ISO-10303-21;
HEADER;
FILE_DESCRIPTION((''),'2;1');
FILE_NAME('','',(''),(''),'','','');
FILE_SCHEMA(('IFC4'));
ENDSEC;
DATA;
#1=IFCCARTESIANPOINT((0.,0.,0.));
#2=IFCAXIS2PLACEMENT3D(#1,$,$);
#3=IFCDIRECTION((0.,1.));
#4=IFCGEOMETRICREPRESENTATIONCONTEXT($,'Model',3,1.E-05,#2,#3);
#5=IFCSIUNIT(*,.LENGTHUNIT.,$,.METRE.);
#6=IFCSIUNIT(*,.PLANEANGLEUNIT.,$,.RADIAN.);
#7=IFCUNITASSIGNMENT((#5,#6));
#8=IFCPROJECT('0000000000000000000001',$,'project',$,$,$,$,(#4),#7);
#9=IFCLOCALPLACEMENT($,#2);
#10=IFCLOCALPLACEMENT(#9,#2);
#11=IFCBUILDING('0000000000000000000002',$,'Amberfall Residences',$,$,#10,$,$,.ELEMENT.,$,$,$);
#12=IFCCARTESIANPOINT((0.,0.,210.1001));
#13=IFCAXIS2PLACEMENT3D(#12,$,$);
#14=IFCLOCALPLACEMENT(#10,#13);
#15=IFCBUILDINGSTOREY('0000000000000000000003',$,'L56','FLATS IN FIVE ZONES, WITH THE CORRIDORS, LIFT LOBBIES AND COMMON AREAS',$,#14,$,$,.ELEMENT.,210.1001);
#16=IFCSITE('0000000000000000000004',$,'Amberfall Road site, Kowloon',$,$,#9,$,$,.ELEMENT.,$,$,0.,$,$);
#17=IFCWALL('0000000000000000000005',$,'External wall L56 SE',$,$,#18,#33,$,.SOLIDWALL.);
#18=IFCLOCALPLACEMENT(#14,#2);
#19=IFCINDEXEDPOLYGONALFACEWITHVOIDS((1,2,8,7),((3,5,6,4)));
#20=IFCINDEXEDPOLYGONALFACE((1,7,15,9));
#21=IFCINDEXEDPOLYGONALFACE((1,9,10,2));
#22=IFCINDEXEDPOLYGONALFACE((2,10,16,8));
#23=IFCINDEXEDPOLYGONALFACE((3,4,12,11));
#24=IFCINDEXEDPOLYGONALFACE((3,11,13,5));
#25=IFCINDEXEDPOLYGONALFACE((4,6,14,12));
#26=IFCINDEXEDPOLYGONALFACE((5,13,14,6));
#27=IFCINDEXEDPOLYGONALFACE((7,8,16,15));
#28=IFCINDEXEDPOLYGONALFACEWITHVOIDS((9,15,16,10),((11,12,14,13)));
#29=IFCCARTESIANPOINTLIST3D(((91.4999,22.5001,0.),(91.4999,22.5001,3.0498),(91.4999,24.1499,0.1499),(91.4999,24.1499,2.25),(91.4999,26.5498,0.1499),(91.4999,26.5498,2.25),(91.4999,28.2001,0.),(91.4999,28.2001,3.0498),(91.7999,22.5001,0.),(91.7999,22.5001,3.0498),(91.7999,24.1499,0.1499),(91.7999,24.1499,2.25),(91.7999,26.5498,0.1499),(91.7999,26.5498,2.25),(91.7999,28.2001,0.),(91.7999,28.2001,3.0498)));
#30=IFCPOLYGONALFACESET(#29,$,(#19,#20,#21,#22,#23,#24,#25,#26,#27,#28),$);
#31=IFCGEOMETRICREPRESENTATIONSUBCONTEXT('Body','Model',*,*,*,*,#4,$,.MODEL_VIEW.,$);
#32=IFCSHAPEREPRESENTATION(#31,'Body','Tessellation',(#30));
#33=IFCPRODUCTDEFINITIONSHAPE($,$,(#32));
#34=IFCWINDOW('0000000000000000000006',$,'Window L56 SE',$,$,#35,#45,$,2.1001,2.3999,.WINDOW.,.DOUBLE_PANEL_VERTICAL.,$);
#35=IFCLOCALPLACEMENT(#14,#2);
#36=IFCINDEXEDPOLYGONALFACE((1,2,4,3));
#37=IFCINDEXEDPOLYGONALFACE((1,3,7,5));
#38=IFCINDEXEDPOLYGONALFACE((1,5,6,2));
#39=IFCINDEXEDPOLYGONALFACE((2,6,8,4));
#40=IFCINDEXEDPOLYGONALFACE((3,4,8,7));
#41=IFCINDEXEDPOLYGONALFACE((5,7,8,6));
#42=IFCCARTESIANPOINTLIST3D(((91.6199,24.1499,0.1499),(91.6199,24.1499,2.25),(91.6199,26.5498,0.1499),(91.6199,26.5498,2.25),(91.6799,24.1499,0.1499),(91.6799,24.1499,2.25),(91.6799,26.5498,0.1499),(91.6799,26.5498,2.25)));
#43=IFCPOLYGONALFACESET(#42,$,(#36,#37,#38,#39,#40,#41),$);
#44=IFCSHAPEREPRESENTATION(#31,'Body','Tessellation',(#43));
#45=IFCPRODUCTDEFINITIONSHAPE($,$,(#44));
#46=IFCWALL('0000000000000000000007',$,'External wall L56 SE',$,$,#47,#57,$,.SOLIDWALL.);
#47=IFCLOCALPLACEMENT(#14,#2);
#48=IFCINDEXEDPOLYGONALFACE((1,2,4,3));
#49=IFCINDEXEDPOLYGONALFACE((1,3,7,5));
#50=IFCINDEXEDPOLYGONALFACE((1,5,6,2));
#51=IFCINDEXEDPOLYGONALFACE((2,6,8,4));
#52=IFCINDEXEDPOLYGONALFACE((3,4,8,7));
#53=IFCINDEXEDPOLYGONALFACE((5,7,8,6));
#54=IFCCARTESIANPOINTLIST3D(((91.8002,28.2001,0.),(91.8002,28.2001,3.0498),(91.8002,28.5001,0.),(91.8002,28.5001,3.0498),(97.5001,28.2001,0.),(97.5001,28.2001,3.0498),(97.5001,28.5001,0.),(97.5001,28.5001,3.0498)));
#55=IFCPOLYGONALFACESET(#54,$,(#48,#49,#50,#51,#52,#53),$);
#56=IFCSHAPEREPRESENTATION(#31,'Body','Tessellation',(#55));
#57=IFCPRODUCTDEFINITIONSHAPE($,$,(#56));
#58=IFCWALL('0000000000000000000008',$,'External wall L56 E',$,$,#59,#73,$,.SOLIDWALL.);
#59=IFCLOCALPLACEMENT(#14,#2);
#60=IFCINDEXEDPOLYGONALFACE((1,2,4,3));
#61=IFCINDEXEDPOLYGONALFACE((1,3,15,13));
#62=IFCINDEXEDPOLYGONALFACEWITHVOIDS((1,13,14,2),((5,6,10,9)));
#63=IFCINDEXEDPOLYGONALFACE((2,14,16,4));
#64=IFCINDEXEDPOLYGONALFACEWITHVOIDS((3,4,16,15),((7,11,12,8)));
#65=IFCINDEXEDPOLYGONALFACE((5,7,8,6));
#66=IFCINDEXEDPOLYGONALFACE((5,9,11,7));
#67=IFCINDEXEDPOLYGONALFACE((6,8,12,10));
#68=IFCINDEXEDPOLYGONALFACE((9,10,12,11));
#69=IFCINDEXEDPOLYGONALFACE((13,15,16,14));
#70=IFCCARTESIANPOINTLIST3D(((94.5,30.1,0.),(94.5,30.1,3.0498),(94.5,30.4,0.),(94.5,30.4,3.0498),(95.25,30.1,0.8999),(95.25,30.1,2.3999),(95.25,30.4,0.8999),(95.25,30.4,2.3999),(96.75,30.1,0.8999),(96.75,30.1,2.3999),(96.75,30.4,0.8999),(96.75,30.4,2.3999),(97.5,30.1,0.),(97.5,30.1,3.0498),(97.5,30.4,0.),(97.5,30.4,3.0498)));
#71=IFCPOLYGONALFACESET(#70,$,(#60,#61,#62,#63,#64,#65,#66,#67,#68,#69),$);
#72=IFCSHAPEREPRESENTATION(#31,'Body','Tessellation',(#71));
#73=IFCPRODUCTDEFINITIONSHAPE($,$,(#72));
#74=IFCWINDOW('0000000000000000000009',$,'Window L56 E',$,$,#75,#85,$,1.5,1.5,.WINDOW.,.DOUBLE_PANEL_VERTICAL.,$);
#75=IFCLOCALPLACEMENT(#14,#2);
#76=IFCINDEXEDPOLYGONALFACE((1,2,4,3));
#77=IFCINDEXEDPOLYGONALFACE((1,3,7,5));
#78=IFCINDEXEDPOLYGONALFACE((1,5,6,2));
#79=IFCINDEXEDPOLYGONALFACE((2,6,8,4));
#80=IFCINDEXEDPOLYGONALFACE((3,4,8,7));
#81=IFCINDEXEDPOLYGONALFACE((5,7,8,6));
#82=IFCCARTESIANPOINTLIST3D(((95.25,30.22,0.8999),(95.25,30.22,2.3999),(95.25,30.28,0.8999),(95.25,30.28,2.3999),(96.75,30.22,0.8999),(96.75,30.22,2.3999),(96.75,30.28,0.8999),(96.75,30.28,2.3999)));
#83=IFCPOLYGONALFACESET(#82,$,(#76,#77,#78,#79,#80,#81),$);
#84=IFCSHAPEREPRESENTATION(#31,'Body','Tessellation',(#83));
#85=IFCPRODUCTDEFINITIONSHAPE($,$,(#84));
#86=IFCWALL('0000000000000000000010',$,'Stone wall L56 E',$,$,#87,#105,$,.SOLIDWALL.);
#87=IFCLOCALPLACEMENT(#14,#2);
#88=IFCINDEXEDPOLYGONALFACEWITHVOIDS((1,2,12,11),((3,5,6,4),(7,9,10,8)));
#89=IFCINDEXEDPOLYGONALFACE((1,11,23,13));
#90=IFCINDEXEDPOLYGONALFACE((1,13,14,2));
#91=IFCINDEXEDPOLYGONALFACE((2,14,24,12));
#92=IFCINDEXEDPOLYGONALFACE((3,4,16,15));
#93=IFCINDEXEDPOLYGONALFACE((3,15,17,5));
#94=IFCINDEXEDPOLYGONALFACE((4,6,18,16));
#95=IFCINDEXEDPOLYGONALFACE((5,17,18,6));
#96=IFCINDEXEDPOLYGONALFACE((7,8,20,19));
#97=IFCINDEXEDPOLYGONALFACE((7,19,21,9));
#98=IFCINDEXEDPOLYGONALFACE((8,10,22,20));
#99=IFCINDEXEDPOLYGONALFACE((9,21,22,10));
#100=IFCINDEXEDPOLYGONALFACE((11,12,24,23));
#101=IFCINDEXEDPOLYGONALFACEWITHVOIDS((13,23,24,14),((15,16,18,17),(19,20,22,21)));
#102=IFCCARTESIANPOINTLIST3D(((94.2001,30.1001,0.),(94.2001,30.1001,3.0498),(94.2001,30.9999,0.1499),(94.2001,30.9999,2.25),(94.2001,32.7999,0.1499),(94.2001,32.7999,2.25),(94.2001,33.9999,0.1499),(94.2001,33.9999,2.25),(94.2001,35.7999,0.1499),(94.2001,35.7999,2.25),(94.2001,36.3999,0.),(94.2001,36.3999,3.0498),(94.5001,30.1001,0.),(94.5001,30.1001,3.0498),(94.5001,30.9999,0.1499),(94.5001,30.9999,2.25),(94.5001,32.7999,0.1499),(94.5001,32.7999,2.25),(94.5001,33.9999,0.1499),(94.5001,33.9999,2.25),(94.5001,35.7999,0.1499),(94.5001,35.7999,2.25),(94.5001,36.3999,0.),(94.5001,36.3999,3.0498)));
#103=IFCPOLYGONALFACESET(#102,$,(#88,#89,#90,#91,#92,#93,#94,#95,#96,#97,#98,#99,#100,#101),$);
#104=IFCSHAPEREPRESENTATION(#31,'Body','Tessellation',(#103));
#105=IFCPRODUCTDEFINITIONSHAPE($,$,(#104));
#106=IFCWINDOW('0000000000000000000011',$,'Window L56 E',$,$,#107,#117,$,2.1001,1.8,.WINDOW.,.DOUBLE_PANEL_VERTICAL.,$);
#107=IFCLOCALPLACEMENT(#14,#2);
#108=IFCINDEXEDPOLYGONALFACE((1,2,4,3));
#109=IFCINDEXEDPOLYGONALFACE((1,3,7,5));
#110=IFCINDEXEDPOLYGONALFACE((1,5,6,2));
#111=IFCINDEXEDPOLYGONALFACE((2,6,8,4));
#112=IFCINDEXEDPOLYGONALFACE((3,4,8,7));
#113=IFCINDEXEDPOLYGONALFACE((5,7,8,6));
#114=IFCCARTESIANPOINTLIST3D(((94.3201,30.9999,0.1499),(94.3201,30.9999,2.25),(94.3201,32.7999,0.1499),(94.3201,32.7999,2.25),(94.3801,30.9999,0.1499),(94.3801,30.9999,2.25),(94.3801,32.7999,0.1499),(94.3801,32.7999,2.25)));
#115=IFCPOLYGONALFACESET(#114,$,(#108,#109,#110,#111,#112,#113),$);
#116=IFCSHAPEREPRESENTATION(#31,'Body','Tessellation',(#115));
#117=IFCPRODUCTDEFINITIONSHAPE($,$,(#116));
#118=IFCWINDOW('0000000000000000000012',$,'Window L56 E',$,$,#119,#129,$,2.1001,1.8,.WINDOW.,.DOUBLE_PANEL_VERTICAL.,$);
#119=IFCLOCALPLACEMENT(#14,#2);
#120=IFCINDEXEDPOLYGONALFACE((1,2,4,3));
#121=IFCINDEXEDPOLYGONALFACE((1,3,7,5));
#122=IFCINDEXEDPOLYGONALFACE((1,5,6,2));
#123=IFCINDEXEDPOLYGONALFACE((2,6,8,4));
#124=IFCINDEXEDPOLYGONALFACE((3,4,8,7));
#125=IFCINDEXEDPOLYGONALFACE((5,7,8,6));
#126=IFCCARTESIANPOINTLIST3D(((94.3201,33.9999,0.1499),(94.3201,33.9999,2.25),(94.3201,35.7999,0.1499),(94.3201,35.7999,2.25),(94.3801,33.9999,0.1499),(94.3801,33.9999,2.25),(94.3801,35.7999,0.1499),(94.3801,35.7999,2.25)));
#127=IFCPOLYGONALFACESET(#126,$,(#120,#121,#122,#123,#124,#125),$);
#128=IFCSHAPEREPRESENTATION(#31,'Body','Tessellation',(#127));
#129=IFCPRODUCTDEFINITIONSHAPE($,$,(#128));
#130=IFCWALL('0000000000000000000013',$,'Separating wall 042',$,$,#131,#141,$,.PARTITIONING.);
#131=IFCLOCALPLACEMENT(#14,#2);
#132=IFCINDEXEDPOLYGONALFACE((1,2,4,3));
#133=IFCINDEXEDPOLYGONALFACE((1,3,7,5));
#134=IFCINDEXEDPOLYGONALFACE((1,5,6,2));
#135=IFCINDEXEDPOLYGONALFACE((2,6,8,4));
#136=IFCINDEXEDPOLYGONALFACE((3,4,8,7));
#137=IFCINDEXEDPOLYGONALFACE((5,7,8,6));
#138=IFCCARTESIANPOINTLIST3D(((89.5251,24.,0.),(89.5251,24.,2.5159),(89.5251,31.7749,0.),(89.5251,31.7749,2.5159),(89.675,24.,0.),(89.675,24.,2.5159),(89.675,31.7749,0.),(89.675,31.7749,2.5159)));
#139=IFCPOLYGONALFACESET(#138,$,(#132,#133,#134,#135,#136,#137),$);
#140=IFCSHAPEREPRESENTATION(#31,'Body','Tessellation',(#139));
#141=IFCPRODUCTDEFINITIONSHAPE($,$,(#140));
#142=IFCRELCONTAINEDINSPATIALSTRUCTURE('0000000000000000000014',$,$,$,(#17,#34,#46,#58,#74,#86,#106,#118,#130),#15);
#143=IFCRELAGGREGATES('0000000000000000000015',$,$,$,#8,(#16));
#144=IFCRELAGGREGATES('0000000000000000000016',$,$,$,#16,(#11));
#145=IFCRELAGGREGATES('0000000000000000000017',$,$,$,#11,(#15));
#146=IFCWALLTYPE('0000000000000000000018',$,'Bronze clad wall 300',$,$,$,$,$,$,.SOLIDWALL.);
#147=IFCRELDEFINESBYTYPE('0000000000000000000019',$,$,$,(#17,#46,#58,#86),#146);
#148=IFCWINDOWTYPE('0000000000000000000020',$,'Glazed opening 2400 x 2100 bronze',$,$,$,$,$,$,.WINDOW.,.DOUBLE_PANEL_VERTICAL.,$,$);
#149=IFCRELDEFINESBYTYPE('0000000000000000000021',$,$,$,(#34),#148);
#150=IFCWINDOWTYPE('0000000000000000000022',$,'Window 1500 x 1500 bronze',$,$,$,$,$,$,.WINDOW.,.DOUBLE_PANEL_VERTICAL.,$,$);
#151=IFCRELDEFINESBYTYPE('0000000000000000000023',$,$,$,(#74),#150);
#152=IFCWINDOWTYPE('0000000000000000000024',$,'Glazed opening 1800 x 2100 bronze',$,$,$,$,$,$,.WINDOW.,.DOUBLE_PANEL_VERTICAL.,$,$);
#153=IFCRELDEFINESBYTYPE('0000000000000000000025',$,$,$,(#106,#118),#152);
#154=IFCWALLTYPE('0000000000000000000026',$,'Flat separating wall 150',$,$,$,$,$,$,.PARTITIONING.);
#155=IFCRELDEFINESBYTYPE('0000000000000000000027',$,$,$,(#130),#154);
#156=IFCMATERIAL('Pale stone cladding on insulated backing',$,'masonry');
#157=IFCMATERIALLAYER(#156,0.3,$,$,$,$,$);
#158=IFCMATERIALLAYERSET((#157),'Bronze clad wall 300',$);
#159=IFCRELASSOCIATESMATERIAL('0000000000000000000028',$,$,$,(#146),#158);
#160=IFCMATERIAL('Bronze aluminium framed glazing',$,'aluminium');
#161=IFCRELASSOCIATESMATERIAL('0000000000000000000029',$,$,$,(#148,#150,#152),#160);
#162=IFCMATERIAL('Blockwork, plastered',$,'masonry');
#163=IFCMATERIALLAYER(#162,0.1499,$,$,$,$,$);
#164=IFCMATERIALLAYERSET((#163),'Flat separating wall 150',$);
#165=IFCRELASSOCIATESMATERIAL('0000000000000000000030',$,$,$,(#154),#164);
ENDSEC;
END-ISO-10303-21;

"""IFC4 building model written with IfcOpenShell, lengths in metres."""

from ifc_helpers import new_model, si_unit, direction, frame, frame_2d, origin, place, context, subcontext, project, spatial, rectangle, extrude, material, layer, layer_set, type_object, element, fill, save


model = new_model("IFC4")

# Units and contexts
model_context = context("Model", 3, precision=1e-05, world=origin(), true_north=direction((0.0, 1.0)))
body_context = subcontext(model_context, "Body", "Model", "MODEL_VIEW")
ifc_project = project(units=[si_unit("LENGTHUNIT", "METRE"), si_unit("PLANEANGLEUNIT", "RADIAN")], contexts=[model_context])

# Site, building, storey
site_placement = place(None, origin())
site = spatial("IfcSite", under=ifc_project, at=site_placement, Name="Amberfall Road site, Kowloon", CompositionType="ELEMENT", RefElevation=0.0)
building_placement = place(site_placement, origin())
building = spatial("IfcBuilding", under=site, at=building_placement, Name="Amberfall Residences", CompositionType="ELEMENT")
storey_placement = place(building_placement, frame((0.0, 0.0, 210.1001)))
storey = spatial("IfcBuildingStorey", under=building, at=storey_placement, Name="L56", Description="FLATS IN FIVE ZONES, WITH THE CORRIDORS, LIFT LOBBIES AND COMMON AREAS", CompositionType="ELEMENT", Elevation=210.1001)

# Shared definitions
ifc_material_1 = material(Name="Pale stone cladding on insulated backing", Category="masonry")
ifc_layer_1 = layer(ifc_material_1, 0.3)
ifc_layer_set_1 = layer_set([ifc_layer_1], Name="Bronze clad wall 300")
wall_type_1 = type_object("IfcWallType", Name="Bronze clad wall 300", PredefinedType="SOLIDWALL", material=ifc_layer_set_1)

# Wall, opening, window
wall_1_placement = place(storey_placement, frame((91.6499, 22.5, 0.0), z_axis=(0.0, 0.0, 1.0), x_axis=(0.0, 1.0, 0.0)))
wall_1 = element("IfcWall", 1, at=wall_1_placement, inside=storey, type_object=wall_type_1, Name="External wall L56 SE", PredefinedType="SOLIDWALL", context=body_context, shape_type="SweptSolid", body=[
    extrude(rectangle(XDim=5.7, YDim=0.3, at=frame_2d((2.8501, 0.0))), origin(), (0.0, 0.0, 1.0), 3.0498),
])
opening_1_placement = place(wall_1_placement, frame((1.6499, 0.0, 0.1499)))
opening_1 = element("IfcOpeningElement", 2, at=opening_1_placement, cuts=wall_1, PredefinedType="OPENING", context=body_context, shape_type="SweptSolid", body=[
    extrude(rectangle(XDim=2.3999, YDim=2.1001, at=frame_2d((1.2, 1.05))), frame((0.0, 0.1599, 0.0), z_axis=(0.0, -1.0, 0.0), x_axis=(1.0, 0.0, 0.0)), (0.0, 0.0, 1.0), 0.3201),
])
ifc_material_2 = material(Name="Bronze aluminium framed glazing", Category="aluminium")
window_type_1 = type_object("IfcWindowType", Name="Glazed opening 2400 x 2100 bronze", PartitioningType="DOUBLE_PANEL_VERTICAL", PredefinedType="WINDOW", material=ifc_material_2)
window_1_placement = place(opening_1_placement, origin())
window_1 = element("IfcWindow", 3, at=window_1_placement, inside=storey, type_object=window_type_1, Name="Window L56 SE", OverallHeight=2.1001, OverallWidth=2.3999, PartitioningType="DOUBLE_PANEL_VERTICAL", PredefinedType="WINDOW", context=body_context, shape_type="SweptSolid", body=[
    extrude(rectangle(XDim=2.3999, YDim=2.1001, at=frame_2d((1.2, 1.05))), frame((0.0, 0.03, 0.0), z_axis=(0.0, -1.0, 0.0), x_axis=(1.0, 0.0, 0.0)), (0.0, 0.0, 1.0), 0.0601),
])
fill(opening_1, window_1)

# Wall
wall_2_placement = place(storey_placement, frame((91.8, 28.3501, 0.0), z_axis=(0.0, 0.0, 1.0), x_axis=(1.0, 0.0, 0.0)))
element("IfcWall", 4, at=wall_2_placement, inside=storey, type_object=wall_type_1, Name="External wall L56 SE", PredefinedType="SOLIDWALL", context=body_context, shape_type="SweptSolid", body=[
    extrude(rectangle(XDim=5.7, YDim=0.3, at=frame_2d((2.8501, 0.0))), origin(), (0.0, 0.0, 1.0), 3.0498),
])

# Wall, opening, window
wall_3_placement = place(storey_placement, frame((97.5, 30.25, 0.0), z_axis=(0.0, 0.0, 1.0), x_axis=(-1.0, 0.0, 0.0)))
wall_3 = element("IfcWall", 5, at=wall_3_placement, inside=storey, type_object=wall_type_1, Name="External wall L56 E", PredefinedType="SOLIDWALL", context=body_context, shape_type="SweptSolid", body=[
    extrude(rectangle(XDim=3.0, YDim=0.3, at=frame_2d((1.5, 0.0))), origin(), (0.0, 0.0, 1.0), 3.0498),
])
opening_2_placement = place(wall_3_placement, frame((0.75, 0.0, 0.8999)))
opening_2 = element("IfcOpeningElement", 6, at=opening_2_placement, cuts=wall_3, PredefinedType="OPENING", context=body_context, shape_type="SweptSolid", body=[
    extrude(rectangle(XDim=1.5, YDim=1.5, at=frame_2d((0.75, 0.75))), frame((0.0, 0.1599, 0.0), z_axis=(0.0, -1.0, 0.0), x_axis=(1.0, 0.0, 0.0)), (0.0, 0.0, 1.0), 0.3201),
])
window_type_2 = type_object("IfcWindowType", Name="Window 1500 x 1500 bronze", PartitioningType="DOUBLE_PANEL_VERTICAL", PredefinedType="WINDOW", material=ifc_material_2)
window_2_placement = place(opening_2_placement, origin())
window_2 = element("IfcWindow", 7, at=window_2_placement, inside=storey, type_object=window_type_2, Name="Window L56 E", OverallHeight=1.5, OverallWidth=1.5, PartitioningType="DOUBLE_PANEL_VERTICAL", PredefinedType="WINDOW", context=body_context, shape_type="SweptSolid", body=[
    extrude(rectangle(XDim=1.5, YDim=1.5, at=frame_2d((0.75, 0.75))), frame((0.0, 0.03, 0.0), z_axis=(0.0, -1.0, 0.0), x_axis=(1.0, 0.0, 0.0)), (0.0, 0.0, 1.0), 0.0601),
])
fill(opening_2, window_2)

# Wall, openings, windows
wall_4_placement = place(storey_placement, frame((94.3501, 30.1001, 0.0), z_axis=(0.0, 0.0, 1.0), x_axis=(0.0, 1.0, 0.0)))
wall_4 = element("IfcWall", 8, at=wall_4_placement, inside=storey, type_object=wall_type_1, Name="Stone wall L56 E", PredefinedType="SOLIDWALL", context=body_context, shape_type="SweptSolid", body=[
    extrude(rectangle(XDim=6.2998, YDim=0.3, at=frame_2d((3.1499, 0.0))), origin(), (0.0, 0.0, 1.0), 3.0498),
])
opening_3_placement = place(wall_4_placement, frame((0.8999, 0.0, 0.1499)))
opening_3 = element("IfcOpeningElement", 9, at=opening_3_placement, cuts=wall_4, PredefinedType="OPENING", context=body_context, shape_type="SweptSolid", body=[
    extrude(rectangle(XDim=1.8, YDim=2.1001, at=frame_2d((0.8999, 1.05))), frame((0.0, 0.1599, 0.0), z_axis=(0.0, -1.0, 0.0), x_axis=(1.0, 0.0, 0.0)), (0.0, 0.0, 1.0), 0.3201),
])
opening_4_placement = place(wall_4_placement, frame((3.8999, 0.0, 0.1499)))
opening_4 = element("IfcOpeningElement", 10, at=opening_4_placement, cuts=wall_4, PredefinedType="OPENING", context=body_context, shape_type="SweptSolid", body=[
    extrude(rectangle(XDim=1.8, YDim=2.1001, at=frame_2d((0.8999, 1.05))), frame((0.0, 0.1599, 0.0), z_axis=(0.0, -1.0, 0.0), x_axis=(1.0, 0.0, 0.0)), (0.0, 0.0, 1.0), 0.3201),
])
window_type_3 = type_object("IfcWindowType", Name="Glazed opening 1800 x 2100 bronze", PartitioningType="DOUBLE_PANEL_VERTICAL", PredefinedType="WINDOW", material=ifc_material_2)
window_3_placement = place(opening_3_placement, origin())
window_3 = element("IfcWindow", 11, at=window_3_placement, inside=storey, type_object=window_type_3, Name="Window L56 E", OverallHeight=2.1001, OverallWidth=1.8, PartitioningType="DOUBLE_PANEL_VERTICAL", PredefinedType="WINDOW", context=body_context, shape_type="SweptSolid", body=[
    extrude(rectangle(XDim=1.8, YDim=2.1001, at=frame_2d((0.8999, 1.05))), frame((0.0, 0.03, 0.0), z_axis=(0.0, -1.0, 0.0), x_axis=(1.0, 0.0, 0.0)), (0.0, 0.0, 1.0), 0.0601),
])
fill(opening_3, window_3)
window_4_placement = place(opening_4_placement, origin())
window_4 = element("IfcWindow", 12, at=window_4_placement, inside=storey, type_object=window_type_3, Name="Window L56 E", OverallHeight=2.1001, OverallWidth=1.8, PartitioningType="DOUBLE_PANEL_VERTICAL", PredefinedType="WINDOW", context=body_context, shape_type="SweptSolid", body=[
    extrude(rectangle(XDim=1.8, YDim=2.1001, at=frame_2d((0.8999, 1.05))), frame((0.0, 0.03, 0.0), z_axis=(0.0, -1.0, 0.0), x_axis=(1.0, 0.0, 0.0)), (0.0, 0.0, 1.0), 0.0601),
])
fill(opening_4, window_4)

# Wall
ifc_material_3 = material(Name="Blockwork, plastered", Category="masonry")
ifc_layer_2 = layer(ifc_material_3, 0.1499)
ifc_layer_set_2 = layer_set([ifc_layer_2], Name="Flat separating wall 150")
wall_type_2 = type_object("IfcWallType", Name="Flat separating wall 150", PredefinedType="PARTITIONING", material=ifc_layer_set_2)
wall_5_placement = place(storey_placement, frame((89.6001, 24.0, 0.0), z_axis=(0.0, 0.0, 1.0), x_axis=(0.0, 1.0, 0.0)))
element("IfcWall", 13, at=wall_5_placement, inside=storey, type_object=wall_type_2, Name="Separating wall 042", PredefinedType="PARTITIONING", context=body_context, shape_type="SweptSolid", body=[
    extrude(rectangle(XDim=7.7749, YDim=0.1499, at=frame_2d((3.8875, 0.0))), origin(), (0.0, 0.0, 1.0), 2.5159),
])

save(model, "model.ifc")
